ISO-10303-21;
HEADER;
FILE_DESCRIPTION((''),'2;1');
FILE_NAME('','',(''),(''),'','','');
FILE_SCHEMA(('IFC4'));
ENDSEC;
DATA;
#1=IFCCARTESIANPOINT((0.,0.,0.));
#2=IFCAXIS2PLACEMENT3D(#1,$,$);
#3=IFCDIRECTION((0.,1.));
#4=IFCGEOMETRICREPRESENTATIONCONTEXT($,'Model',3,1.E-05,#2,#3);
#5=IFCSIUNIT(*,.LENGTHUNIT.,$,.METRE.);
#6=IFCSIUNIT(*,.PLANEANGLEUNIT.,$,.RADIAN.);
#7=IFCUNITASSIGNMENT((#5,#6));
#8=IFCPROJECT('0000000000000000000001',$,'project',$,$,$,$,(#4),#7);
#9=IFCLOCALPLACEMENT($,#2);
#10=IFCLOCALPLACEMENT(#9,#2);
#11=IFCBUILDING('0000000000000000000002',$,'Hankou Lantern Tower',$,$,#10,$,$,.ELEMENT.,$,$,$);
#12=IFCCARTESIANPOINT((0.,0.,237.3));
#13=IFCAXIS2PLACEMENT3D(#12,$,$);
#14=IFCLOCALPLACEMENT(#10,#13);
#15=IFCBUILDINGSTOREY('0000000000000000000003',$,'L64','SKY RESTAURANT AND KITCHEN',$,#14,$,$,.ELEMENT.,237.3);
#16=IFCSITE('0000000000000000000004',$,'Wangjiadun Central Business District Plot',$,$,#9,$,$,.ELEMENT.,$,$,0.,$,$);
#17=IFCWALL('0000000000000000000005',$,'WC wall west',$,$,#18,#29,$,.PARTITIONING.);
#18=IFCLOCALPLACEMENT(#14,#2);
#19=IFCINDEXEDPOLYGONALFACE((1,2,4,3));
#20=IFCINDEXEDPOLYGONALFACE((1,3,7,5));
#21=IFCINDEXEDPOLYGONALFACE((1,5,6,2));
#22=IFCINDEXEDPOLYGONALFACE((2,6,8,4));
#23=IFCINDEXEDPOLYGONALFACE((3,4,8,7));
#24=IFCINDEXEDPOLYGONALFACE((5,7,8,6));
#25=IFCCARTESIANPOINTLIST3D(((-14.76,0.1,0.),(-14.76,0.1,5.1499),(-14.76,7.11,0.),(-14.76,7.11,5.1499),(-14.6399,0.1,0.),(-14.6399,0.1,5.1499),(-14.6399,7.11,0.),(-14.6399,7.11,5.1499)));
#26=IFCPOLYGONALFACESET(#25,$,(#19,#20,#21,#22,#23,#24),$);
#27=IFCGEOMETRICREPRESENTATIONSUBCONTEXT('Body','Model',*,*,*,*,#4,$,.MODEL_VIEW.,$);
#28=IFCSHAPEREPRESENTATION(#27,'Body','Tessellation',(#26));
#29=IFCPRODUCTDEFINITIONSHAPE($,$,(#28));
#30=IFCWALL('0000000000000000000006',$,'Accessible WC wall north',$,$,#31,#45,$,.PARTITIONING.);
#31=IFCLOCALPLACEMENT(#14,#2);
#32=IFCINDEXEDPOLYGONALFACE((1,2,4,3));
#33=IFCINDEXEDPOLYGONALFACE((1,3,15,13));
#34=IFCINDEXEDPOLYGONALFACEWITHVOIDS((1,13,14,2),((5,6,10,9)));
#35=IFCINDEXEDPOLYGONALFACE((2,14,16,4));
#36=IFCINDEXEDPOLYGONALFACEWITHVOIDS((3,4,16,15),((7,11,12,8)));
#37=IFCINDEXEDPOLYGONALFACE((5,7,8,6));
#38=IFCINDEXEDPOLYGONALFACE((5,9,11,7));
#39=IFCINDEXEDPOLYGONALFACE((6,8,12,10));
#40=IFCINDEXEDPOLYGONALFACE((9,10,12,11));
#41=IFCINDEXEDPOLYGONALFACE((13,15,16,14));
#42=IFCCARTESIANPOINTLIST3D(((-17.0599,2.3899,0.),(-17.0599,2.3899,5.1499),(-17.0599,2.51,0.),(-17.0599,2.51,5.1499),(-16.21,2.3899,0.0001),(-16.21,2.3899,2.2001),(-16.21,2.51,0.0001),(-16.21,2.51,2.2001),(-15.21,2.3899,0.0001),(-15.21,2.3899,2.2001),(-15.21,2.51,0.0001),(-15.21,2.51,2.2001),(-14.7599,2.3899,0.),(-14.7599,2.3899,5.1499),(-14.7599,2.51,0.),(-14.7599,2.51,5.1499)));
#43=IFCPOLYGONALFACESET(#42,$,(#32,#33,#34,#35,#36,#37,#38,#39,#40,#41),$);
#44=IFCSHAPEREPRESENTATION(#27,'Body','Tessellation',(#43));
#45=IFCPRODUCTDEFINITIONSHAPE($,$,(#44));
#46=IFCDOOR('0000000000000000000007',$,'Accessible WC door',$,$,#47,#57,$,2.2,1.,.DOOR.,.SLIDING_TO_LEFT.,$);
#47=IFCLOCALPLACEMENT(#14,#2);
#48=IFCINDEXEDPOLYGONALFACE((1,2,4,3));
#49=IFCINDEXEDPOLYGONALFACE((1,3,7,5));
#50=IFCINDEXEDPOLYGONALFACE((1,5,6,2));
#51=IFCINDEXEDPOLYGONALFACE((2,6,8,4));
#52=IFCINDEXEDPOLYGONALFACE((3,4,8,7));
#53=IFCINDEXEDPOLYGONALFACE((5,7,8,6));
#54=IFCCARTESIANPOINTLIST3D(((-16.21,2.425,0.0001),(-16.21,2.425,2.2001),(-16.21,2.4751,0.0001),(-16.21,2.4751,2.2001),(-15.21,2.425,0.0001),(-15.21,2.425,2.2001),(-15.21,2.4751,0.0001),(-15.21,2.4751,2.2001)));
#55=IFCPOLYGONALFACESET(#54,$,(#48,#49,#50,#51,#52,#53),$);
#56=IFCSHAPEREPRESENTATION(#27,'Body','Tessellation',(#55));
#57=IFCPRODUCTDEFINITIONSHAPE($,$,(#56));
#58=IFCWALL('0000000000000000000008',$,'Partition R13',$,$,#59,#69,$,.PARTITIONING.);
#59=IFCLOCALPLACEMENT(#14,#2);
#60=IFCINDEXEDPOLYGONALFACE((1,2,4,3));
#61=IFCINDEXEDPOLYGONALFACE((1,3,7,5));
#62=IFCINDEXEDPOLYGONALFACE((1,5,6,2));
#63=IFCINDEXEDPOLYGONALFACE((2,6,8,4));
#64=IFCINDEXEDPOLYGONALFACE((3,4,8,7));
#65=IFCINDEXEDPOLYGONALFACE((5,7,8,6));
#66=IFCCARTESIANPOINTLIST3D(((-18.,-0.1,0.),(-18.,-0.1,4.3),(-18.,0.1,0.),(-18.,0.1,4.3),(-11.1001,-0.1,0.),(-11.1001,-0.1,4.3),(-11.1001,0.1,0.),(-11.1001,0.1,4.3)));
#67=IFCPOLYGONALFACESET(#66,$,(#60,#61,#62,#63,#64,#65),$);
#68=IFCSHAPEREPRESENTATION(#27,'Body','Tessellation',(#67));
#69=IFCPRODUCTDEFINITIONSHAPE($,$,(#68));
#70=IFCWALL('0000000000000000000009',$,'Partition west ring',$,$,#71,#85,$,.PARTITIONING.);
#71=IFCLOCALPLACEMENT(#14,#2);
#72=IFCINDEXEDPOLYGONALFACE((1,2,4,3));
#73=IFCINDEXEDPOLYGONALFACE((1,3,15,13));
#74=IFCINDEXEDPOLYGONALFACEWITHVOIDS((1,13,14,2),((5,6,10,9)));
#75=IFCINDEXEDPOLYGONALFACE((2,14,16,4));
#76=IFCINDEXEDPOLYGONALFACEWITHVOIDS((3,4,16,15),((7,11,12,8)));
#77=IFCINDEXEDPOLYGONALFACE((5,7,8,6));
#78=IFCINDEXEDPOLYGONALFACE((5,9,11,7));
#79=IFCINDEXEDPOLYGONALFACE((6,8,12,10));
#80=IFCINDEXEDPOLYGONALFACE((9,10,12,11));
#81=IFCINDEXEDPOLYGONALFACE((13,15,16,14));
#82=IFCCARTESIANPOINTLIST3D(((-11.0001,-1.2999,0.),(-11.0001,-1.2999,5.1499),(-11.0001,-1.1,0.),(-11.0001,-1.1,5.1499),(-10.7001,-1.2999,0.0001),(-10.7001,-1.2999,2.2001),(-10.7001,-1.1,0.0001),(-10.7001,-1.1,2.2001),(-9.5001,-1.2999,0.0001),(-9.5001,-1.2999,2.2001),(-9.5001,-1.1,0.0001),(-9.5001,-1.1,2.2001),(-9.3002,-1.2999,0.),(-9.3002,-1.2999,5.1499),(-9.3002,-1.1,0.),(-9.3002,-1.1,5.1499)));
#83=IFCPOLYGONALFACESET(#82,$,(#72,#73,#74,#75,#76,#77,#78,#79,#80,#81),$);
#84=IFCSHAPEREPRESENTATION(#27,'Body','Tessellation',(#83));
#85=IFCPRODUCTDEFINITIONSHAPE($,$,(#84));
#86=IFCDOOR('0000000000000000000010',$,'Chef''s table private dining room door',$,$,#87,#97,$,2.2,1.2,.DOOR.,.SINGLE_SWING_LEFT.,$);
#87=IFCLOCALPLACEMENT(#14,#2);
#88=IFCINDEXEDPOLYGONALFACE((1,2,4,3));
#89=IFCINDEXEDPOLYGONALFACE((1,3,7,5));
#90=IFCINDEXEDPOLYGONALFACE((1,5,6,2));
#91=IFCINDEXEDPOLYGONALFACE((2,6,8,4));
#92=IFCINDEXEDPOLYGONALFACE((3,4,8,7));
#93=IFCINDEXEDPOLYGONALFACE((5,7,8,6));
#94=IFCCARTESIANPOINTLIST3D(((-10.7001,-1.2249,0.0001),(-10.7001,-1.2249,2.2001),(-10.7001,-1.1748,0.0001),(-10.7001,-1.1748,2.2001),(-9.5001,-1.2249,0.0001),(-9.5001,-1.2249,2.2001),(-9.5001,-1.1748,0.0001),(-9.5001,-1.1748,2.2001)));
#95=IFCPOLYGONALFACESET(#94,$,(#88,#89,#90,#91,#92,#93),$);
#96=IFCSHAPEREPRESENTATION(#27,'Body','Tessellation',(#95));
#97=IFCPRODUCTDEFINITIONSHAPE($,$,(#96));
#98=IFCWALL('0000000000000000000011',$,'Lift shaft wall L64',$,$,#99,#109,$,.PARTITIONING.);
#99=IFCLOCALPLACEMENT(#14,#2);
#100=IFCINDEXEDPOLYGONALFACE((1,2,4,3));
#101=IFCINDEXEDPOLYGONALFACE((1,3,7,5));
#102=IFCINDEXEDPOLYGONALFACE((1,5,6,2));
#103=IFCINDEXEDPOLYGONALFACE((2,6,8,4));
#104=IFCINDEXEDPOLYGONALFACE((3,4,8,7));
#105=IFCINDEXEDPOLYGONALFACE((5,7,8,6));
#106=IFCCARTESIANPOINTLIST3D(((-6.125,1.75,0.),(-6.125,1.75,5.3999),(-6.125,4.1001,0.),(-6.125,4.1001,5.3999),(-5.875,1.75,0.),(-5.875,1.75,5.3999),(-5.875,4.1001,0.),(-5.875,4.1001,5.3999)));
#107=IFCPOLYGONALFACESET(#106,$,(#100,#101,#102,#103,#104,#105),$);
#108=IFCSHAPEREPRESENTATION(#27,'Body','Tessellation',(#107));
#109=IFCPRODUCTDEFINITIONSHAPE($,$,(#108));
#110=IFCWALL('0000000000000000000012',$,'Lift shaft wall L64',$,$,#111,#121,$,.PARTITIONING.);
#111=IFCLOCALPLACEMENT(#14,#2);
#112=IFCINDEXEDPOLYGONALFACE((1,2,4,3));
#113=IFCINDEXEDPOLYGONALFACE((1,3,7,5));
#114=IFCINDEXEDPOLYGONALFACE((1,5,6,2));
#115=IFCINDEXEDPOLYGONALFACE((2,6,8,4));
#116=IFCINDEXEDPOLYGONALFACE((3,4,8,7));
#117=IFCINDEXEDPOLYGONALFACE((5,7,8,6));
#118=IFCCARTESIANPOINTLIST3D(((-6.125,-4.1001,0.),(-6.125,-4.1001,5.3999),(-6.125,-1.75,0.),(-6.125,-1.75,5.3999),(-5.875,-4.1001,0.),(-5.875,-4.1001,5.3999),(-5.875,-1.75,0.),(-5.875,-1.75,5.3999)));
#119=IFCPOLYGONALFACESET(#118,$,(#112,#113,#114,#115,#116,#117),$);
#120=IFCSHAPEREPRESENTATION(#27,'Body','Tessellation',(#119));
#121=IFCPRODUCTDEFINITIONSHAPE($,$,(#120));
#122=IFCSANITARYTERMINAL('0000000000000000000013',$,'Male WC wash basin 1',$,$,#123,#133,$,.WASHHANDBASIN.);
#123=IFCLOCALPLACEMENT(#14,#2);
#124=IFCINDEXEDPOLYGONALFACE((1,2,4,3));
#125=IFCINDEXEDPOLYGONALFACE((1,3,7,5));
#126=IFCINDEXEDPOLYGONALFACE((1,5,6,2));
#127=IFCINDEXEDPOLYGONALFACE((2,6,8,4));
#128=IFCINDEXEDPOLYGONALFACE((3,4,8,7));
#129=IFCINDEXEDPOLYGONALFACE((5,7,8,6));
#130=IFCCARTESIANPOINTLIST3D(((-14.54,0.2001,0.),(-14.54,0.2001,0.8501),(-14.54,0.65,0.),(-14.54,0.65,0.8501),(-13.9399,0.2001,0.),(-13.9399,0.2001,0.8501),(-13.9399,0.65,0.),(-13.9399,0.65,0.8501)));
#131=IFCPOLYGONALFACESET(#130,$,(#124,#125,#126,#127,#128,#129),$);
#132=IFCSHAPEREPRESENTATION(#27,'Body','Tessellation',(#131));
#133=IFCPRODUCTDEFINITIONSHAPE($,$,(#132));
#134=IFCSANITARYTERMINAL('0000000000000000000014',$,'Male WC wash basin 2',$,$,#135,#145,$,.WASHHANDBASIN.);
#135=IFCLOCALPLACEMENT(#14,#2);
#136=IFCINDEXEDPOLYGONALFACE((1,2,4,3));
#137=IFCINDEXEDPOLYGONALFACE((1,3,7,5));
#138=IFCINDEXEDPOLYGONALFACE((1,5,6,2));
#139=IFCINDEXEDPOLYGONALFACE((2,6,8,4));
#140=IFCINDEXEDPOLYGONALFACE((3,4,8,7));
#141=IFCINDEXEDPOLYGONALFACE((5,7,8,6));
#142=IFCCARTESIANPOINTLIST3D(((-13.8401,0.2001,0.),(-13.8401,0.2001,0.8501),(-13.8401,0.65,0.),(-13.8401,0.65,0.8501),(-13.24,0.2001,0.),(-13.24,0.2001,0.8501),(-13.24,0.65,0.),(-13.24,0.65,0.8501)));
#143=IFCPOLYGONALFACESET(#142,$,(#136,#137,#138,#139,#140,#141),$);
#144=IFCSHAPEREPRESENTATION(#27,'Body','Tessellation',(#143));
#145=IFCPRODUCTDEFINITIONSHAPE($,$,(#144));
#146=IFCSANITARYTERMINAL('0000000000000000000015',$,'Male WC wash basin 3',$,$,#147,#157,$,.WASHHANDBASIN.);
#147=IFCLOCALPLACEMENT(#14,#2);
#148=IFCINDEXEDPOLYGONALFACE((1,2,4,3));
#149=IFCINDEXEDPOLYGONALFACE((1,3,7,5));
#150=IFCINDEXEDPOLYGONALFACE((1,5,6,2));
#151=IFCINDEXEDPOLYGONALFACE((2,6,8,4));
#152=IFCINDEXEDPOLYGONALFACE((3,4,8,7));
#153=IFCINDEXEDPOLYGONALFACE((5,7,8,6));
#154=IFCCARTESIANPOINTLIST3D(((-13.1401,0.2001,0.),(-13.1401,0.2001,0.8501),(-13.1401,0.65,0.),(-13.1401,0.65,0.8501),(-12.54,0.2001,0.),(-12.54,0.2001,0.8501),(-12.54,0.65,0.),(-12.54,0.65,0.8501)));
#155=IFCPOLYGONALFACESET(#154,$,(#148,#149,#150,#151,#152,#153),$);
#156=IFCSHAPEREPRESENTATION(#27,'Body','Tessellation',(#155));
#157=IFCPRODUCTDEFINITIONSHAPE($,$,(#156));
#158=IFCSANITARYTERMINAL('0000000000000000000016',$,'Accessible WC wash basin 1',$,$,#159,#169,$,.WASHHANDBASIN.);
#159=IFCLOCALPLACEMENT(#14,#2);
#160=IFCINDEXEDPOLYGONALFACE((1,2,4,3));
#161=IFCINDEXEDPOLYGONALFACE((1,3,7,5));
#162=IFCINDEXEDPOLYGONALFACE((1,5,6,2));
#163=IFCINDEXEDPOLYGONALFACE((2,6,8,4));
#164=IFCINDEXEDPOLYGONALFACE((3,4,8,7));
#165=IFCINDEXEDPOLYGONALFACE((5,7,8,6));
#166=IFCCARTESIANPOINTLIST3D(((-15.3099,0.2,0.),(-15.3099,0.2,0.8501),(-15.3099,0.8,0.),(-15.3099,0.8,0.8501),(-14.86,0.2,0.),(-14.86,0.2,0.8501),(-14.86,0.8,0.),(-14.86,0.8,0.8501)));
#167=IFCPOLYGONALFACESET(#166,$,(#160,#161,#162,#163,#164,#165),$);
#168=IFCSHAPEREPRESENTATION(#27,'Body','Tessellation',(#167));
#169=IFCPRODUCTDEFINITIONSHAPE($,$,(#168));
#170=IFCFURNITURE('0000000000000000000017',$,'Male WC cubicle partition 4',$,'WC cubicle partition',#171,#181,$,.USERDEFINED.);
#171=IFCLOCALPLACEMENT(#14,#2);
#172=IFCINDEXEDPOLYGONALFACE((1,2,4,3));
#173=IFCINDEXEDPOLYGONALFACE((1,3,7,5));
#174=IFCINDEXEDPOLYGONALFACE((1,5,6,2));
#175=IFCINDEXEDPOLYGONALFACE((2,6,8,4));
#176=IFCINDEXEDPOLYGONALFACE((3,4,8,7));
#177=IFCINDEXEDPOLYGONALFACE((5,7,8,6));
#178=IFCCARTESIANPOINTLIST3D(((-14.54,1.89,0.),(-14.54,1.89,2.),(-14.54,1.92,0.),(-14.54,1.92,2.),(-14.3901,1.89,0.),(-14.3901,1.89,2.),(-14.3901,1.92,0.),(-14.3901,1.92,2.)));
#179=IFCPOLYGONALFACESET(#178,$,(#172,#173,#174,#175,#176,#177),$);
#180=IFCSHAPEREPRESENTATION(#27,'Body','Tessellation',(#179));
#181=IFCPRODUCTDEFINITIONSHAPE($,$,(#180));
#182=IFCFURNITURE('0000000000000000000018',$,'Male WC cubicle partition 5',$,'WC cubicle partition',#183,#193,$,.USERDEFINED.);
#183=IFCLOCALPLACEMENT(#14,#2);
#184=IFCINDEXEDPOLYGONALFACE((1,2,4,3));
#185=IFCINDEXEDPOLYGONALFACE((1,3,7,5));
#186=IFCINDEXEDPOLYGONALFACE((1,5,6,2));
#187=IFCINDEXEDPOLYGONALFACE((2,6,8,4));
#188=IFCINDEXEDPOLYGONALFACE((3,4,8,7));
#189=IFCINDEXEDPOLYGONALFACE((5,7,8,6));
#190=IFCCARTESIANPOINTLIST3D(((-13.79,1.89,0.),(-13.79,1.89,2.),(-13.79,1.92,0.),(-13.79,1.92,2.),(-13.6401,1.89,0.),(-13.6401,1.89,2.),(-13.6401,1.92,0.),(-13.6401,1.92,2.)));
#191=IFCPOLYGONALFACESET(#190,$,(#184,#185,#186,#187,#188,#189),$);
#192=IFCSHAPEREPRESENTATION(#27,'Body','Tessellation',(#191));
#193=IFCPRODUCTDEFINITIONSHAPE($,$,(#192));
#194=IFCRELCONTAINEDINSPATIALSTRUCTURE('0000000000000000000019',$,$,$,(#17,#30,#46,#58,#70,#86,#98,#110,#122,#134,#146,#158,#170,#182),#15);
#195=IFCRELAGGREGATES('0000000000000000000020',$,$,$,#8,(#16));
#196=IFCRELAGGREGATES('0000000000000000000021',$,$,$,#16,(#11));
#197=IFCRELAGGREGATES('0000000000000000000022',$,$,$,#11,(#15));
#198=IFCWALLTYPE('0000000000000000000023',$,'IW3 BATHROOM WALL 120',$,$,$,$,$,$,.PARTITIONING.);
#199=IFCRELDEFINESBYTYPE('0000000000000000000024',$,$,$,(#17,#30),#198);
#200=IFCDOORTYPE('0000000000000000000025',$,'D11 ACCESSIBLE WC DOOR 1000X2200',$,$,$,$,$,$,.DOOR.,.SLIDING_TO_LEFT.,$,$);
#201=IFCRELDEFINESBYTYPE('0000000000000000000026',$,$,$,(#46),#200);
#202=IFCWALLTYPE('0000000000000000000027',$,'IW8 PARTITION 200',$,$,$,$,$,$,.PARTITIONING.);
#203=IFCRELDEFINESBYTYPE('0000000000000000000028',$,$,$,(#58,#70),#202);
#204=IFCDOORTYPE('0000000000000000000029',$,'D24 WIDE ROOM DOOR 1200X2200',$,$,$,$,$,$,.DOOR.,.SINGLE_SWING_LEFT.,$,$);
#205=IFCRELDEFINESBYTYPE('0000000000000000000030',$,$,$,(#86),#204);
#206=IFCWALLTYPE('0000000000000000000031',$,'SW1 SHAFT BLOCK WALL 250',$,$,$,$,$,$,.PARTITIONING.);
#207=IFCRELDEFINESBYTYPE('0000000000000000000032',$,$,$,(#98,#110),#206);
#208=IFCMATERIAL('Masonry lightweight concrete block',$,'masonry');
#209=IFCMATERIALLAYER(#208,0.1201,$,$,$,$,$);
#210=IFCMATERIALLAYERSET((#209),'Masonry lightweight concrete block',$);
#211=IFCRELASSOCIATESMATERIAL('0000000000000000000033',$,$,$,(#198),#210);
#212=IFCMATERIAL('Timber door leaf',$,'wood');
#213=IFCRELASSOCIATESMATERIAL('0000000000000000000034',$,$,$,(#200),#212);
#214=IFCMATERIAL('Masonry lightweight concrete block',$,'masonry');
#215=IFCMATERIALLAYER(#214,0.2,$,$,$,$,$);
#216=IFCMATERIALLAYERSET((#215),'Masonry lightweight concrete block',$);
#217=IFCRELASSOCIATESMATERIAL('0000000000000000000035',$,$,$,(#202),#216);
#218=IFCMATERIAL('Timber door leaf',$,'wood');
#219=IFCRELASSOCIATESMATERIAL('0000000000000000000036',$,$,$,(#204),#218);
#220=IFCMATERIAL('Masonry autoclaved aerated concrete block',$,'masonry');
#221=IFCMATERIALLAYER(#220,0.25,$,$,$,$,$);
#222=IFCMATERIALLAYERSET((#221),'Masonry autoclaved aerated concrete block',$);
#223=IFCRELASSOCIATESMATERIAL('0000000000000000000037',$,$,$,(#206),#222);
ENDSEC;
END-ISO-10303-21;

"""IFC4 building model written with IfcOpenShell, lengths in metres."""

from ifc_helpers import new_model, si_unit, direction, frame, frame_2d, origin, origin_2d, place, context, subcontext, project, spatial, rectangle, extrude, material, layer, layer_set, type_object, element, fill, save


model = new_model("IFC4")

# Units and contexts
model_context = context("Model", 3, precision=1e-05, world=origin(), true_north=direction((0.0, 1.0)))
body_context = subcontext(model_context, "Body", "Model", "MODEL_VIEW")
ifc_project = project(units=[si_unit("LENGTHUNIT", "METRE"), si_unit("PLANEANGLEUNIT", "RADIAN")], contexts=[model_context])

# Site, building, storey
site_placement = place(None, origin())
site = spatial("IfcSite", under=ifc_project, at=site_placement, Name="Wangjiadun Central Business District Plot", CompositionType="ELEMENT", RefElevation=0.0)
building_placement = place(site_placement, origin())
building = spatial("IfcBuilding", under=site, at=building_placement, Name="Hankou Lantern Tower", CompositionType="ELEMENT")
storey_placement = place(building_placement, frame((0.0, 0.0, 237.3)))
storey = spatial("IfcBuildingStorey", under=building, at=storey_placement, Name="L64", Description="SKY RESTAURANT AND KITCHEN", CompositionType="ELEMENT", Elevation=237.3)

# Wall
ifc_material_1 = material(Name="Masonry lightweight concrete block", Category="masonry")
ifc_layer_1 = layer(ifc_material_1, 0.1201)
ifc_layer_set_1 = layer_set([ifc_layer_1], Name="Masonry lightweight concrete block")
wall_type_1 = type_object("IfcWallType", Name="IW3 BATHROOM WALL 120", PredefinedType="PARTITIONING", material=ifc_layer_set_1)
wall_1_placement = place(storey_placement, frame((-14.7, 0.1001, 0.0), z_axis=(0.0, 0.0, 1.0), x_axis=(0.0, 1.0, 0.0)))
element("IfcWall", 1, at=wall_1_placement, inside=storey, type_object=wall_type_1, Name="WC wall west", PredefinedType="PARTITIONING", context=body_context, shape_type="SweptSolid", body=[
    extrude(rectangle(XDim=7.01, YDim=0.1201, at=frame_2d((3.5049, 0.0))), origin(), (0.0, 0.0, 1.0), 5.1499),
])

# Wall, opening, door
wall_2_placement = place(storey_placement, frame((-14.76, 2.45, 0.0), z_axis=(0.0, 0.0, 1.0), x_axis=(-1.0, 0.0, 0.0)))
wall_2 = element("IfcWall", 2, at=wall_2_placement, inside=storey, type_object=wall_type_1, Name="Accessible WC wall north", PredefinedType="PARTITIONING", context=body_context, shape_type="SweptSolid", body=[
    extrude(rectangle(XDim=2.3, YDim=0.1201, at=frame_2d((1.1499, 0.0))), origin(), (0.0, 0.0, 1.0), 5.1499),
])
opening_1_placement = place(wall_2_placement, frame((0.45, 0.0, 0.0)))
opening_1 = element("IfcOpeningElement", 3, at=opening_1_placement, cuts=wall_2, PredefinedType="OPENING", context=body_context, shape_type="SweptSolid", body=[
    extrude(rectangle(XDim=1.0, YDim=2.2, at=frame_2d((0.5, 1.1001))), frame((0.0, 0.0701, 0.0), z_axis=(0.0, -1.0, 0.0), x_axis=(1.0, 0.0, 0.0)), (0.0, 0.0, 1.0), 0.1401),
])
ifc_material_2 = material(Name="Timber door leaf", Category="wood")
door_type_1 = type_object("IfcDoorType", Name="D11 ACCESSIBLE WC DOOR 1000X2200", OperationType="SLIDING_TO_LEFT", PredefinedType="DOOR", material=ifc_material_2)
door_1_placement = place(opening_1_placement, origin())
door_1 = element("IfcDoor", 4, at=door_1_placement, inside=storey, type_object=door_type_1, Name="Accessible WC door", OperationType="SLIDING_TO_LEFT", OverallHeight=2.2, OverallWidth=1.0, PredefinedType="DOOR", context=body_context, shape_type="SweptSolid", body=[
    extrude(rectangle(XDim=1.0, YDim=2.2, at=frame_2d((0.5, 1.1001))), frame((0.0, 0.0249, 0.0), z_axis=(0.0, -1.0, 0.0), x_axis=(1.0, 0.0, 0.0)), (0.0, 0.0, 1.0), 0.05),
])
fill(opening_1, door_1)

# Wall
ifc_material_3 = material(Name="Masonry lightweight concrete block", Category="masonry")
ifc_layer_2 = layer(ifc_material_3, 0.2)
ifc_layer_set_2 = layer_set([ifc_layer_2], Name="Masonry lightweight concrete block")
wall_type_2 = type_object("IfcWallType", Name="IW8 PARTITION 200", PredefinedType="PARTITIONING", material=ifc_layer_set_2)
wall_3_placement = place(storey_placement, frame((-11.1001, 0.0, 0.0), z_axis=(0.0, 0.0, 1.0), x_axis=(-1.0, 0.0, 0.0)))
element("IfcWall", 5, at=wall_3_placement, inside=storey, type_object=wall_type_2, Name="Partition R13", PredefinedType="PARTITIONING", context=body_context, shape_type="SweptSolid", body=[
    extrude(rectangle(XDim=6.8999, YDim=0.2, at=frame_2d((3.45, 0.0))), origin(), (0.0, 0.0, 1.0), 4.3),
])

# Wall, opening, door
wall_4_placement = place(storey_placement, frame((-9.3, -1.2, 0.0), z_axis=(0.0, 0.0, 1.0), x_axis=(-1.0, 0.0, 0.0)))
wall_4 = element("IfcWall", 6, at=wall_4_placement, inside=storey, type_object=wall_type_2, Name="Partition west ring", PredefinedType="PARTITIONING", context=body_context, shape_type="SweptSolid", body=[
    extrude(rectangle(XDim=1.7, YDim=0.2, at=frame_2d((0.8501, 0.0))), origin(), (0.0, 0.0, 1.0), 5.1499),
])
opening_2_placement = place(wall_4_placement, frame((0.2, 0.0, 0.0)))
opening_2 = element("IfcOpeningElement", 7, at=opening_2_placement, cuts=wall_4, PredefinedType="OPENING", context=body_context, shape_type="SweptSolid", body=[
    extrude(rectangle(XDim=1.2, YDim=2.2, at=frame_2d((0.6001, 1.1001))), frame((0.0, 0.1099, 0.0), z_axis=(0.0, -1.0, 0.0), x_axis=(1.0, 0.0, 0.0)), (0.0, 0.0, 1.0), 0.22),
])
ifc_material_4 = material(Name="Timber door leaf", Category="wood")
door_type_2 = type_object("IfcDoorType", Name="D24 WIDE ROOM DOOR 1200X2200", OperationType="SINGLE_SWING_LEFT", PredefinedType="DOOR", material=ifc_material_4)
door_2_placement = place(opening_2_placement, origin())
door_2 = element("IfcDoor", 8, at=door_2_placement, inside=storey, type_object=door_type_2, Name="Chef's table private dining room door", OperationType="SINGLE_SWING_LEFT", OverallHeight=2.2, OverallWidth=1.2, PredefinedType="DOOR", context=body_context, shape_type="SweptSolid", body=[
    extrude(rectangle(XDim=1.2, YDim=2.2, at=frame_2d((0.6001, 1.1001))), frame((0.0, 0.0249, 0.0), z_axis=(0.0, -1.0, 0.0), x_axis=(1.0, 0.0, 0.0)), (0.0, 0.0, 1.0), 0.05),
])
fill(opening_2, door_2)

# Walls
ifc_material_5 = material(Name="Masonry autoclaved aerated concrete block", Category="masonry")
ifc_layer_3 = layer(ifc_material_5, 0.25)
ifc_layer_set_3 = layer_set([ifc_layer_3], Name="Masonry autoclaved aerated concrete block")
wall_type_3 = type_object("IfcWallType", Name="SW1 SHAFT BLOCK WALL 250", PredefinedType="PARTITIONING", material=ifc_layer_set_3)
for number, where, z_axis, x_axis, name in (
    (9, (-6.0, 1.75, 0.0), (0.0, 0.0, 1.0), (0.0, 1.0, 0.0), "Lift shaft wall L64"),
    (10, (-6.0, -4.1001, 0.0), (0.0, 0.0, 1.0), (0.0, 1.0, 0.0), "Lift shaft wall L64"),
):
    element("IfcWall", number, at=place(storey_placement, frame(where, z_axis=z_axis, x_axis=x_axis)), inside=storey, type_object=wall_type_3, Name=name, PredefinedType="PARTITIONING", context=body_context, shape_type="SweptSolid", body=[
        extrude(rectangle(XDim=2.3501, YDim=0.25, at=frame_2d((1.175, 0.0))), origin(), (0.0, 0.0, 1.0), 5.3999),
    ])

# Sanitary terminals
for number, where, z_axis, x_axis, name in (
    (11, (-14.24, 0.425, 0.0), (0.0, 0.0, 1.0), (1.0, 0.0, 0.0), "Male WC wash basin 1"),
    (12, (-13.54, 0.425, 0.0), (0.0, 0.0, 1.0), (1.0, 0.0, 0.0), "Male WC wash basin 2"),
    (13, (-12.8401, 0.425, 0.0), (0.0, 0.0, 1.0), (1.0, 0.0, 0.0), "Male WC wash basin 3"),
    (14, (-15.085, 0.5, 0.0), (0.0, 0.0, 1.0), (0.0, 1.0, 0.0), "Accessible WC wash basin 1"),
):
    element("IfcSanitaryTerminal", number, at=place(storey_placement, frame(where, z_axis=z_axis, x_axis=x_axis)), inside=storey, Name=name, PredefinedType="WASHHANDBASIN", context=body_context, shape_type="SweptSolid", body=[
        extrude(rectangle(XDim=0.6001, YDim=0.45, at=origin_2d()), origin(), (0.0, 0.0, 1.0), 0.8501),
    ])

# Furniture
for number, where, z_axis, x_axis, name in (
    (15, (-14.4651, 1.905, 0.0), (0.0, 0.0, 1.0), (1.0, 0.0, 0.0), "Male WC cubicle partition 4"),
    (16, (-13.7151, 1.905, 0.0), (0.0, 0.0, 1.0), (1.0, 0.0, 0.0), "Male WC cubicle partition 5"),
):
    element("IfcFurniture", number, at=place(storey_placement, frame(where, z_axis=z_axis, x_axis=x_axis)), inside=storey, Name=name, ObjectType="WC cubicle partition", PredefinedType="USERDEFINED", context=body_context, shape_type="SweptSolid", body=[
        extrude(rectangle(XDim=0.1499, YDim=0.03, at=origin_2d()), origin(), (0.0, 0.0, 1.0), 2.0),
    ])

save(model, "model.ifc")
